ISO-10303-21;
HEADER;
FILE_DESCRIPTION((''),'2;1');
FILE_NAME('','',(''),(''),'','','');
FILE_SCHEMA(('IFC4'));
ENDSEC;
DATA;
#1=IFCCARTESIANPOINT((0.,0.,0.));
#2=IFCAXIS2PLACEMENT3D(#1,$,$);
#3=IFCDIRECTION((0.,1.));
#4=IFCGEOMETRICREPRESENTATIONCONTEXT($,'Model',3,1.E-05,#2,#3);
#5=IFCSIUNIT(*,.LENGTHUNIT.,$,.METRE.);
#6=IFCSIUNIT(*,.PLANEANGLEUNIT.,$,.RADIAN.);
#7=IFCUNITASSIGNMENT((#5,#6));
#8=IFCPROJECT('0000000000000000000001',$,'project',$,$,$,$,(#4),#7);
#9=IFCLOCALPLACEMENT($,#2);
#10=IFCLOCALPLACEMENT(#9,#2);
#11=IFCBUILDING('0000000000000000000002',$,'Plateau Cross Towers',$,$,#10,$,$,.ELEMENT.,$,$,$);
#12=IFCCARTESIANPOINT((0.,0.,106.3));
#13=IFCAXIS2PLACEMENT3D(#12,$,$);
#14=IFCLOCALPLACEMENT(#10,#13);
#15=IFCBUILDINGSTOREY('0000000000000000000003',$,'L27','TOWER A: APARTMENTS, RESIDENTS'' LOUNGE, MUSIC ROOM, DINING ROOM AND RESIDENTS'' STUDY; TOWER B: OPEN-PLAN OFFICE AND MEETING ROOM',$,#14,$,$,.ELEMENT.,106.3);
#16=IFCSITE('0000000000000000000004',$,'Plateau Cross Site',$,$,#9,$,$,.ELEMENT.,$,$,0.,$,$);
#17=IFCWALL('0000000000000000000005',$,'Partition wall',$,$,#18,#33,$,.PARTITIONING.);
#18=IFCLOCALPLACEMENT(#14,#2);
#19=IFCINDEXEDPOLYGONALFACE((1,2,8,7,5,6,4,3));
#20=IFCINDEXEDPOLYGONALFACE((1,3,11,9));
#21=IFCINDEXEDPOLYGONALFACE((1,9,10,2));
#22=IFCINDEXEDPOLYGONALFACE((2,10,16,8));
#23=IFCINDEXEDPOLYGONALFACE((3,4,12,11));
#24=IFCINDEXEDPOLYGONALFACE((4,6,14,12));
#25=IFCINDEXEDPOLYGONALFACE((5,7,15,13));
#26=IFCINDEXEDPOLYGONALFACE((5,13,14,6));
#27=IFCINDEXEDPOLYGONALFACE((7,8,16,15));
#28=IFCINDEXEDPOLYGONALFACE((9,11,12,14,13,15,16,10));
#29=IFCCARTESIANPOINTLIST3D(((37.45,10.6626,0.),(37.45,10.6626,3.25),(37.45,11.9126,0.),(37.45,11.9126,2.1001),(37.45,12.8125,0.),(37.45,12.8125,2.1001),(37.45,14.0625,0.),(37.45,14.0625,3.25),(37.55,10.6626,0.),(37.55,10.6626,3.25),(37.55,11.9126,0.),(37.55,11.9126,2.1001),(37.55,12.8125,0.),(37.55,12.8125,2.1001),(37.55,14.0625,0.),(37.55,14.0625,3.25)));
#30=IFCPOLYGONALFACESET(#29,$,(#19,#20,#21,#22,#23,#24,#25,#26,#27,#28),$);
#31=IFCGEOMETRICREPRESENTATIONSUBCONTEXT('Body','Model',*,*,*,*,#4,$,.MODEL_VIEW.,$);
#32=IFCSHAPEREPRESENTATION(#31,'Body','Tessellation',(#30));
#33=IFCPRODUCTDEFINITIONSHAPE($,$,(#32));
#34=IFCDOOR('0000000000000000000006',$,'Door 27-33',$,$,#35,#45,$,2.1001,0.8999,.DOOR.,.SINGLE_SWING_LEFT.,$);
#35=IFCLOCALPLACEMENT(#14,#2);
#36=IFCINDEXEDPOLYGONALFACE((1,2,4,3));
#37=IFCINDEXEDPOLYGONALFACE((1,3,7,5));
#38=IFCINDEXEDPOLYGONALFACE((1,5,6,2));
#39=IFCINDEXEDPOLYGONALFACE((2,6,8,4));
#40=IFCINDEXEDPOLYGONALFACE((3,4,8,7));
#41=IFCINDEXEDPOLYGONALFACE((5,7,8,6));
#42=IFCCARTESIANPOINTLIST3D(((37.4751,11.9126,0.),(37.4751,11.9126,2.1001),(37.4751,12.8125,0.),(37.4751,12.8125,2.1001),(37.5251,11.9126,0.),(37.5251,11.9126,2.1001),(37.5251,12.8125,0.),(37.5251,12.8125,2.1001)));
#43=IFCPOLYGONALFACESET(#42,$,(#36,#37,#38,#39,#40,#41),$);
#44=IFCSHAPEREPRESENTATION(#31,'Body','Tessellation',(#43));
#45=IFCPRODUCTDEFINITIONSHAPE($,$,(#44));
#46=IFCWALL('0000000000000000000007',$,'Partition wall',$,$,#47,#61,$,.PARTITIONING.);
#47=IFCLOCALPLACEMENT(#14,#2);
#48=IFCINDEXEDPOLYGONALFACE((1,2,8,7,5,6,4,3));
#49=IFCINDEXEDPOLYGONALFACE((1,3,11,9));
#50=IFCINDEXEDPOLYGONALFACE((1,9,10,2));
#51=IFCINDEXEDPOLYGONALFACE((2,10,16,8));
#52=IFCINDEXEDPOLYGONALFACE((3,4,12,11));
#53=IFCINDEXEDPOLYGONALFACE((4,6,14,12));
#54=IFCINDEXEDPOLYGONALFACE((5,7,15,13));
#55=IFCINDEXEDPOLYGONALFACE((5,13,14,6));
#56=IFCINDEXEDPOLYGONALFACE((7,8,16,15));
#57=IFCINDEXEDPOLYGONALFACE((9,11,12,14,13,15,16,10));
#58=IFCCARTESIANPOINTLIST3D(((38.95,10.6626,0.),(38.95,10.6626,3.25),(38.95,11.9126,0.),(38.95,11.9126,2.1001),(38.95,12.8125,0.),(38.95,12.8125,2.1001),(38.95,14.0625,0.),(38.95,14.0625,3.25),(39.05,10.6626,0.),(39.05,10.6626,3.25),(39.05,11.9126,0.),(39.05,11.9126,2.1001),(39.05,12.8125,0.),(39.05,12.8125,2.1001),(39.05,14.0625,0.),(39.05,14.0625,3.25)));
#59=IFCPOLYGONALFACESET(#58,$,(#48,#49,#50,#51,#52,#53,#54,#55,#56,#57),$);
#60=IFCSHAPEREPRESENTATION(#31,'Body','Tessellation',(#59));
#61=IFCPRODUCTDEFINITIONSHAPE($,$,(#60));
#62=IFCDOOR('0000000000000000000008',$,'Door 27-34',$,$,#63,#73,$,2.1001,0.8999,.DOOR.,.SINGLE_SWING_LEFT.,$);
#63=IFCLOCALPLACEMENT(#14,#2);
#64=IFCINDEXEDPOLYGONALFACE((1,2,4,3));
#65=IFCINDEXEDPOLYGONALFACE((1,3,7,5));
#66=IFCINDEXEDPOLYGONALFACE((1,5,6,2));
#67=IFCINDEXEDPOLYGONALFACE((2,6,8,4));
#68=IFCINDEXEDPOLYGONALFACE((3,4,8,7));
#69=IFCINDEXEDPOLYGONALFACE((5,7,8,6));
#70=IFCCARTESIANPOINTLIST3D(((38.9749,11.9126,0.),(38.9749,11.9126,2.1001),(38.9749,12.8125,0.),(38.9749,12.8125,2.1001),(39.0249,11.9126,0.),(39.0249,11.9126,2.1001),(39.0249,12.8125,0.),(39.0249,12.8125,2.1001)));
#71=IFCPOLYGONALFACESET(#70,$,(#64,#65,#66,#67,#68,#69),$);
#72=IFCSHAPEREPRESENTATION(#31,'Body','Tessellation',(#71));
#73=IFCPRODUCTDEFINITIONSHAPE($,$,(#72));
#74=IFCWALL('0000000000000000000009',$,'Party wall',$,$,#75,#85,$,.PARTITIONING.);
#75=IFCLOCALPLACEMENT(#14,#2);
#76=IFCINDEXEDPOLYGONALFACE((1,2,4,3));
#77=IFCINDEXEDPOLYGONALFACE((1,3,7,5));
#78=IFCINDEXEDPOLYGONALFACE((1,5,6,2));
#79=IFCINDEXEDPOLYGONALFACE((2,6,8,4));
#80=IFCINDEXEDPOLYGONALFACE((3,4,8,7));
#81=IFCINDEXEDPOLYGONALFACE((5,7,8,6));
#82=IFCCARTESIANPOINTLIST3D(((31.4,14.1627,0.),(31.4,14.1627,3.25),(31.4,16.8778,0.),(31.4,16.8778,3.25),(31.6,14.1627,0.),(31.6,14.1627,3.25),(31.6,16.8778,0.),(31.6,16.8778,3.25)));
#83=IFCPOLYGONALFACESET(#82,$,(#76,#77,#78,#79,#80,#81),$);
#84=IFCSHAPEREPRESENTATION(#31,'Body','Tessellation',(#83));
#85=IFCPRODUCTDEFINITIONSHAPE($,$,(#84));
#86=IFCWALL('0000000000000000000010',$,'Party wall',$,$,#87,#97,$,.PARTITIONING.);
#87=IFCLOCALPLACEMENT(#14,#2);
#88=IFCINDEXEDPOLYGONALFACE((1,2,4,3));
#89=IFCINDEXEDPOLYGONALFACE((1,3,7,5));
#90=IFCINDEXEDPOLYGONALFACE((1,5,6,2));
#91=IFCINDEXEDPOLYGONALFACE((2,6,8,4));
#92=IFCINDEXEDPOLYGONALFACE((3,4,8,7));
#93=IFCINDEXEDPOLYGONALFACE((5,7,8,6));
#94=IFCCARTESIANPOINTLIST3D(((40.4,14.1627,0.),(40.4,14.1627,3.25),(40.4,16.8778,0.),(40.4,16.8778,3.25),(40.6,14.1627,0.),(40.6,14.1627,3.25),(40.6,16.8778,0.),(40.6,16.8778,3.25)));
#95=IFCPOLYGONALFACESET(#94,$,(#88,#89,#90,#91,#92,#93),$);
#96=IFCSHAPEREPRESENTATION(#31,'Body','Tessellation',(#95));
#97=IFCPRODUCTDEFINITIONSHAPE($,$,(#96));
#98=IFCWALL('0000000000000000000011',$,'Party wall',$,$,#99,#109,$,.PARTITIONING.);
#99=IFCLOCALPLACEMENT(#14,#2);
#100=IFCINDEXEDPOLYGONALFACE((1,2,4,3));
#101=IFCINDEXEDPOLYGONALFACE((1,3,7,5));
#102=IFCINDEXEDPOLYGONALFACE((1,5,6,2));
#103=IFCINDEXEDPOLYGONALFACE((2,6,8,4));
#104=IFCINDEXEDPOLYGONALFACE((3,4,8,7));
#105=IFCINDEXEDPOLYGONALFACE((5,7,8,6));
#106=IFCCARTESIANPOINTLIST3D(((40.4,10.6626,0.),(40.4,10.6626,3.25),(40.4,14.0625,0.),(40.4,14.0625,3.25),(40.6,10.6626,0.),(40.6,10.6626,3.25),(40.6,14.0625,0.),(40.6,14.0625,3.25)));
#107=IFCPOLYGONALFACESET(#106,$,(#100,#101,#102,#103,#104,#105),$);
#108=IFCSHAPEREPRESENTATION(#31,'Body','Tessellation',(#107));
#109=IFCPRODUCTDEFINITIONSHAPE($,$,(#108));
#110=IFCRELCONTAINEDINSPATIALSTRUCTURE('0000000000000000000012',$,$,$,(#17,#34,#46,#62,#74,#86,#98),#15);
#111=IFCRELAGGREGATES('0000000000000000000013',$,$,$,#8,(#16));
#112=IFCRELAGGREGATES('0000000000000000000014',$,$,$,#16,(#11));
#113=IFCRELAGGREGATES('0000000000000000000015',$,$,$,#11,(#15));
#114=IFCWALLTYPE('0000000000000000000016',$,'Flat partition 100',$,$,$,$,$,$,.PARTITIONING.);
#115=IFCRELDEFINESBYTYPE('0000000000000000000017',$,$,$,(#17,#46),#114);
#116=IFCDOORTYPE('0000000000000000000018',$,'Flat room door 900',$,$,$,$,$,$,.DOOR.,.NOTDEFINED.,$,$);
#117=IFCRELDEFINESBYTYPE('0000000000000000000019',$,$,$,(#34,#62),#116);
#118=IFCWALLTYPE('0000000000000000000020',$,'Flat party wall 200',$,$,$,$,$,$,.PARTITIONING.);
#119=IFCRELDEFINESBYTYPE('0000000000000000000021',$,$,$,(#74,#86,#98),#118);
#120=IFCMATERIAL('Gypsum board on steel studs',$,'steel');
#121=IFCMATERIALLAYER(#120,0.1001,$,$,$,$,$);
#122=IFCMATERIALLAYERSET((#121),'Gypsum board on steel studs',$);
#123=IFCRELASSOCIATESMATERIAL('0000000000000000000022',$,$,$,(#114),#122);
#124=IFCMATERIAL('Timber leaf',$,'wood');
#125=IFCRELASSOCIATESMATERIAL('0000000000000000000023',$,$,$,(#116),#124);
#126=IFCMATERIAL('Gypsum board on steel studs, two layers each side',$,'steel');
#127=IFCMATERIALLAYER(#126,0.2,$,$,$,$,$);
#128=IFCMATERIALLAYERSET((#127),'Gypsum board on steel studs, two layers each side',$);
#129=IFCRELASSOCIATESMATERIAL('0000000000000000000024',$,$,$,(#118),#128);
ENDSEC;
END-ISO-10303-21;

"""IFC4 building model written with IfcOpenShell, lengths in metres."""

from ifc_helpers import new_model, si_unit, direction, frame, frame_2d, origin, place, context, subcontext, project, spatial, rectangle, extrude, material, layer, layer_set, type_object, element, fill, save


model = new_model("IFC4")

# Units and contexts
model_context = context("Model", 3, precision=1e-05, world=origin(), true_north=direction((0.0, 1.0)))
body_context = subcontext(model_context, "Body", "Model", "MODEL_VIEW")
ifc_project = project(units=[si_unit("LENGTHUNIT", "METRE"), si_unit("PLANEANGLEUNIT", "RADIAN")], contexts=[model_context])

# Site, building, storey
site_placement = place(None, origin())
site = spatial("IfcSite", under=ifc_project, at=site_placement, Name="Plateau Cross Site", CompositionType="ELEMENT", RefElevation=0.0)
building_placement = place(site_placement, origin())
building = spatial("IfcBuilding", under=site, at=building_placement, Name="Plateau Cross Towers", CompositionType="ELEMENT")
storey_placement = place(building_placement, frame((0.0, 0.0, 106.3)))
storey = spatial("IfcBuildingStorey", under=building, at=storey_placement, Name="L27", Description="TOWER A: APARTMENTS, RESIDENTS' LOUNGE, MUSIC ROOM, DINING ROOM AND RESIDENTS' STUDY; TOWER B: OPEN-PLAN OFFICE AND MEETING ROOM", CompositionType="ELEMENT", Elevation=106.3)

# Shared definitions
ifc_material_1 = material(Name="Gypsum board on steel studs", Category="steel")
ifc_layer_1 = layer(ifc_material_1, 0.1001)
ifc_layer_set_1 = layer_set([ifc_layer_1], Name="Gypsum board on steel studs")
wall_type_1 = type_object("IfcWallType", Name="Flat partition 100", PredefinedType="PARTITIONING", material=ifc_layer_set_1)

# Walls, openings, doors
ifc_material_2 = material(Name="Timber leaf", Category="wood")
door_type = type_object("IfcDoorType", Name="Flat room door 900", OperationType="NOTDEFINED", PredefinedType="DOOR", material=ifc_material_2)
wall_1_placement = place(storey_placement, frame((37.5, 10.6626, 0.0), z_axis=(0.0, 0.0, 1.0), x_axis=(0.0, 1.0, 0.0)))
wall_1 = element("IfcWall", 1, at=wall_1_placement, inside=storey, type_object=wall_type_1, Name="Partition wall", PredefinedType="PARTITIONING", context=body_context, shape_type="SweptSolid", body=[
    extrude(rectangle(XDim=3.3999, YDim=0.1001, at=frame_2d((1.7, 0.0))), origin(), (0.0, 0.0, 1.0), 3.25),
])
opening_1_placement = place(wall_1_placement, frame((1.25, 0.0, 0.0)))
opening_1 = element("IfcOpeningElement", 2, at=opening_1_placement, cuts=wall_1, PredefinedType="OPENING", context=body_context, shape_type="SweptSolid", body=[
    extrude(rectangle(XDim=0.8999, YDim=2.1001, at=frame_2d((0.45, 1.05))), frame((0.0, 0.0601, 0.0), z_axis=(0.0, -1.0, 0.0), x_axis=(1.0, 0.0, 0.0)), (0.0, 0.0, 1.0), 0.1201),
])
door_1_placement = place(opening_1_placement, origin())
door_1 = element("IfcDoor", 3, at=door_1_placement, inside=storey, type_object=door_type, Name="Door 27-33", OperationType="SINGLE_SWING_LEFT", OverallHeight=2.1001, OverallWidth=0.8999, PredefinedType="DOOR", context=body_context, shape_type="SweptSolid", body=[
    extrude(rectangle(XDim=0.8999, YDim=2.1001, at=frame_2d((0.45, 1.05))), frame((0.0, 0.0249, 0.0), z_axis=(0.0, -1.0, 0.0), x_axis=(1.0, 0.0, 0.0)), (0.0, 0.0, 1.0), 0.05),
])
fill(opening_1, door_1)
wall_2_placement = place(storey_placement, frame((39.0, 14.0625, 0.0), z_axis=(0.0, 0.0, 1.0), x_axis=(0.0, -1.0, 0.0)))
wall_2 = element("IfcWall", 4, at=wall_2_placement, inside=storey, type_object=wall_type_1, Name="Partition wall", PredefinedType="PARTITIONING", context=body_context, shape_type="SweptSolid", body=[
    extrude(rectangle(XDim=3.3999, YDim=0.1001, at=frame_2d((1.7, 0.0))), origin(), (0.0, 0.0, 1.0), 3.25),
])
opening_2_placement = place(wall_2_placement, frame((1.25, 0.0, 0.0)))
opening_2 = element("IfcOpeningElement", 5, at=opening_2_placement, cuts=wall_2, PredefinedType="OPENING", context=body_context, shape_type="SweptSolid", body=[
    extrude(rectangle(XDim=0.8999, YDim=2.1001, at=frame_2d((0.45, 1.05))), frame((0.0, 0.0601, 0.0), z_axis=(0.0, -1.0, 0.0), x_axis=(1.0, 0.0, 0.0)), (0.0, 0.0, 1.0), 0.1201),
])
door_2_placement = place(opening_2_placement, origin())
door_2 = element("IfcDoor", 6, at=door_2_placement, inside=storey, type_object=door_type, Name="Door 27-34", OperationType="SINGLE_SWING_LEFT", OverallHeight=2.1001, OverallWidth=0.8999, PredefinedType="DOOR", context=body_context, shape_type="SweptSolid", body=[
    extrude(rectangle(XDim=0.8999, YDim=2.1001, at=frame_2d((0.45, 1.05))), frame((0.0, 0.0249, 0.0), z_axis=(0.0, -1.0, 0.0), x_axis=(1.0, 0.0, 0.0)), (0.0, 0.0, 1.0), 0.05),
])
fill(opening_2, door_2)

# Walls
ifc_material_3 = material(Name="Gypsum board on steel studs, two layers each side", Category="steel")
ifc_layer_2 = layer(ifc_material_3, 0.2)
ifc_layer_set_2 = layer_set([ifc_layer_2], Name="Gypsum board on steel studs, two layers each side")
wall_type_2 = type_object("IfcWallType", Name="Flat party wall 200", PredefinedType="PARTITIONING", material=ifc_layer_set_2)
for number, where, z_axis, x_axis, name in (
    (7, (31.5, 16.8777, 0.0), (0.0, 0.0, 1.0), (0.0, -1.0, 0.0), "Party wall"),
    (8, (40.5, 16.8777, 0.0), (0.0, 0.0, 1.0), (0.0, -1.0, 0.0), "Party wall"),
):
    element("IfcWall", number, at=place(storey_placement, frame(where, z_axis=z_axis, x_axis=x_axis)), inside=storey, type_object=wall_type_2, Name=name, PredefinedType="PARTITIONING", context=body_context, shape_type="SweptSolid", body=[
        extrude(rectangle(XDim=2.7151, YDim=0.2, at=frame_2d((1.3574, 0.0))), origin(), (0.0, 0.0, 1.0), 3.25),
    ])
wall_3_placement = place(storey_placement, frame((40.5, 10.6626, 0.0), z_axis=(0.0, 0.0, 1.0), x_axis=(0.0, 1.0, 0.0)))
element("IfcWall", 9, at=wall_3_placement, inside=storey, type_object=wall_type_2, Name="Party wall", PredefinedType="PARTITIONING", context=body_context, shape_type="SweptSolid", body=[
    extrude(rectangle(XDim=3.3999, YDim=0.2, at=frame_2d((1.7, 0.0))), origin(), (0.0, 0.0, 1.0), 3.25),
])

save(model, "model.ifc")
